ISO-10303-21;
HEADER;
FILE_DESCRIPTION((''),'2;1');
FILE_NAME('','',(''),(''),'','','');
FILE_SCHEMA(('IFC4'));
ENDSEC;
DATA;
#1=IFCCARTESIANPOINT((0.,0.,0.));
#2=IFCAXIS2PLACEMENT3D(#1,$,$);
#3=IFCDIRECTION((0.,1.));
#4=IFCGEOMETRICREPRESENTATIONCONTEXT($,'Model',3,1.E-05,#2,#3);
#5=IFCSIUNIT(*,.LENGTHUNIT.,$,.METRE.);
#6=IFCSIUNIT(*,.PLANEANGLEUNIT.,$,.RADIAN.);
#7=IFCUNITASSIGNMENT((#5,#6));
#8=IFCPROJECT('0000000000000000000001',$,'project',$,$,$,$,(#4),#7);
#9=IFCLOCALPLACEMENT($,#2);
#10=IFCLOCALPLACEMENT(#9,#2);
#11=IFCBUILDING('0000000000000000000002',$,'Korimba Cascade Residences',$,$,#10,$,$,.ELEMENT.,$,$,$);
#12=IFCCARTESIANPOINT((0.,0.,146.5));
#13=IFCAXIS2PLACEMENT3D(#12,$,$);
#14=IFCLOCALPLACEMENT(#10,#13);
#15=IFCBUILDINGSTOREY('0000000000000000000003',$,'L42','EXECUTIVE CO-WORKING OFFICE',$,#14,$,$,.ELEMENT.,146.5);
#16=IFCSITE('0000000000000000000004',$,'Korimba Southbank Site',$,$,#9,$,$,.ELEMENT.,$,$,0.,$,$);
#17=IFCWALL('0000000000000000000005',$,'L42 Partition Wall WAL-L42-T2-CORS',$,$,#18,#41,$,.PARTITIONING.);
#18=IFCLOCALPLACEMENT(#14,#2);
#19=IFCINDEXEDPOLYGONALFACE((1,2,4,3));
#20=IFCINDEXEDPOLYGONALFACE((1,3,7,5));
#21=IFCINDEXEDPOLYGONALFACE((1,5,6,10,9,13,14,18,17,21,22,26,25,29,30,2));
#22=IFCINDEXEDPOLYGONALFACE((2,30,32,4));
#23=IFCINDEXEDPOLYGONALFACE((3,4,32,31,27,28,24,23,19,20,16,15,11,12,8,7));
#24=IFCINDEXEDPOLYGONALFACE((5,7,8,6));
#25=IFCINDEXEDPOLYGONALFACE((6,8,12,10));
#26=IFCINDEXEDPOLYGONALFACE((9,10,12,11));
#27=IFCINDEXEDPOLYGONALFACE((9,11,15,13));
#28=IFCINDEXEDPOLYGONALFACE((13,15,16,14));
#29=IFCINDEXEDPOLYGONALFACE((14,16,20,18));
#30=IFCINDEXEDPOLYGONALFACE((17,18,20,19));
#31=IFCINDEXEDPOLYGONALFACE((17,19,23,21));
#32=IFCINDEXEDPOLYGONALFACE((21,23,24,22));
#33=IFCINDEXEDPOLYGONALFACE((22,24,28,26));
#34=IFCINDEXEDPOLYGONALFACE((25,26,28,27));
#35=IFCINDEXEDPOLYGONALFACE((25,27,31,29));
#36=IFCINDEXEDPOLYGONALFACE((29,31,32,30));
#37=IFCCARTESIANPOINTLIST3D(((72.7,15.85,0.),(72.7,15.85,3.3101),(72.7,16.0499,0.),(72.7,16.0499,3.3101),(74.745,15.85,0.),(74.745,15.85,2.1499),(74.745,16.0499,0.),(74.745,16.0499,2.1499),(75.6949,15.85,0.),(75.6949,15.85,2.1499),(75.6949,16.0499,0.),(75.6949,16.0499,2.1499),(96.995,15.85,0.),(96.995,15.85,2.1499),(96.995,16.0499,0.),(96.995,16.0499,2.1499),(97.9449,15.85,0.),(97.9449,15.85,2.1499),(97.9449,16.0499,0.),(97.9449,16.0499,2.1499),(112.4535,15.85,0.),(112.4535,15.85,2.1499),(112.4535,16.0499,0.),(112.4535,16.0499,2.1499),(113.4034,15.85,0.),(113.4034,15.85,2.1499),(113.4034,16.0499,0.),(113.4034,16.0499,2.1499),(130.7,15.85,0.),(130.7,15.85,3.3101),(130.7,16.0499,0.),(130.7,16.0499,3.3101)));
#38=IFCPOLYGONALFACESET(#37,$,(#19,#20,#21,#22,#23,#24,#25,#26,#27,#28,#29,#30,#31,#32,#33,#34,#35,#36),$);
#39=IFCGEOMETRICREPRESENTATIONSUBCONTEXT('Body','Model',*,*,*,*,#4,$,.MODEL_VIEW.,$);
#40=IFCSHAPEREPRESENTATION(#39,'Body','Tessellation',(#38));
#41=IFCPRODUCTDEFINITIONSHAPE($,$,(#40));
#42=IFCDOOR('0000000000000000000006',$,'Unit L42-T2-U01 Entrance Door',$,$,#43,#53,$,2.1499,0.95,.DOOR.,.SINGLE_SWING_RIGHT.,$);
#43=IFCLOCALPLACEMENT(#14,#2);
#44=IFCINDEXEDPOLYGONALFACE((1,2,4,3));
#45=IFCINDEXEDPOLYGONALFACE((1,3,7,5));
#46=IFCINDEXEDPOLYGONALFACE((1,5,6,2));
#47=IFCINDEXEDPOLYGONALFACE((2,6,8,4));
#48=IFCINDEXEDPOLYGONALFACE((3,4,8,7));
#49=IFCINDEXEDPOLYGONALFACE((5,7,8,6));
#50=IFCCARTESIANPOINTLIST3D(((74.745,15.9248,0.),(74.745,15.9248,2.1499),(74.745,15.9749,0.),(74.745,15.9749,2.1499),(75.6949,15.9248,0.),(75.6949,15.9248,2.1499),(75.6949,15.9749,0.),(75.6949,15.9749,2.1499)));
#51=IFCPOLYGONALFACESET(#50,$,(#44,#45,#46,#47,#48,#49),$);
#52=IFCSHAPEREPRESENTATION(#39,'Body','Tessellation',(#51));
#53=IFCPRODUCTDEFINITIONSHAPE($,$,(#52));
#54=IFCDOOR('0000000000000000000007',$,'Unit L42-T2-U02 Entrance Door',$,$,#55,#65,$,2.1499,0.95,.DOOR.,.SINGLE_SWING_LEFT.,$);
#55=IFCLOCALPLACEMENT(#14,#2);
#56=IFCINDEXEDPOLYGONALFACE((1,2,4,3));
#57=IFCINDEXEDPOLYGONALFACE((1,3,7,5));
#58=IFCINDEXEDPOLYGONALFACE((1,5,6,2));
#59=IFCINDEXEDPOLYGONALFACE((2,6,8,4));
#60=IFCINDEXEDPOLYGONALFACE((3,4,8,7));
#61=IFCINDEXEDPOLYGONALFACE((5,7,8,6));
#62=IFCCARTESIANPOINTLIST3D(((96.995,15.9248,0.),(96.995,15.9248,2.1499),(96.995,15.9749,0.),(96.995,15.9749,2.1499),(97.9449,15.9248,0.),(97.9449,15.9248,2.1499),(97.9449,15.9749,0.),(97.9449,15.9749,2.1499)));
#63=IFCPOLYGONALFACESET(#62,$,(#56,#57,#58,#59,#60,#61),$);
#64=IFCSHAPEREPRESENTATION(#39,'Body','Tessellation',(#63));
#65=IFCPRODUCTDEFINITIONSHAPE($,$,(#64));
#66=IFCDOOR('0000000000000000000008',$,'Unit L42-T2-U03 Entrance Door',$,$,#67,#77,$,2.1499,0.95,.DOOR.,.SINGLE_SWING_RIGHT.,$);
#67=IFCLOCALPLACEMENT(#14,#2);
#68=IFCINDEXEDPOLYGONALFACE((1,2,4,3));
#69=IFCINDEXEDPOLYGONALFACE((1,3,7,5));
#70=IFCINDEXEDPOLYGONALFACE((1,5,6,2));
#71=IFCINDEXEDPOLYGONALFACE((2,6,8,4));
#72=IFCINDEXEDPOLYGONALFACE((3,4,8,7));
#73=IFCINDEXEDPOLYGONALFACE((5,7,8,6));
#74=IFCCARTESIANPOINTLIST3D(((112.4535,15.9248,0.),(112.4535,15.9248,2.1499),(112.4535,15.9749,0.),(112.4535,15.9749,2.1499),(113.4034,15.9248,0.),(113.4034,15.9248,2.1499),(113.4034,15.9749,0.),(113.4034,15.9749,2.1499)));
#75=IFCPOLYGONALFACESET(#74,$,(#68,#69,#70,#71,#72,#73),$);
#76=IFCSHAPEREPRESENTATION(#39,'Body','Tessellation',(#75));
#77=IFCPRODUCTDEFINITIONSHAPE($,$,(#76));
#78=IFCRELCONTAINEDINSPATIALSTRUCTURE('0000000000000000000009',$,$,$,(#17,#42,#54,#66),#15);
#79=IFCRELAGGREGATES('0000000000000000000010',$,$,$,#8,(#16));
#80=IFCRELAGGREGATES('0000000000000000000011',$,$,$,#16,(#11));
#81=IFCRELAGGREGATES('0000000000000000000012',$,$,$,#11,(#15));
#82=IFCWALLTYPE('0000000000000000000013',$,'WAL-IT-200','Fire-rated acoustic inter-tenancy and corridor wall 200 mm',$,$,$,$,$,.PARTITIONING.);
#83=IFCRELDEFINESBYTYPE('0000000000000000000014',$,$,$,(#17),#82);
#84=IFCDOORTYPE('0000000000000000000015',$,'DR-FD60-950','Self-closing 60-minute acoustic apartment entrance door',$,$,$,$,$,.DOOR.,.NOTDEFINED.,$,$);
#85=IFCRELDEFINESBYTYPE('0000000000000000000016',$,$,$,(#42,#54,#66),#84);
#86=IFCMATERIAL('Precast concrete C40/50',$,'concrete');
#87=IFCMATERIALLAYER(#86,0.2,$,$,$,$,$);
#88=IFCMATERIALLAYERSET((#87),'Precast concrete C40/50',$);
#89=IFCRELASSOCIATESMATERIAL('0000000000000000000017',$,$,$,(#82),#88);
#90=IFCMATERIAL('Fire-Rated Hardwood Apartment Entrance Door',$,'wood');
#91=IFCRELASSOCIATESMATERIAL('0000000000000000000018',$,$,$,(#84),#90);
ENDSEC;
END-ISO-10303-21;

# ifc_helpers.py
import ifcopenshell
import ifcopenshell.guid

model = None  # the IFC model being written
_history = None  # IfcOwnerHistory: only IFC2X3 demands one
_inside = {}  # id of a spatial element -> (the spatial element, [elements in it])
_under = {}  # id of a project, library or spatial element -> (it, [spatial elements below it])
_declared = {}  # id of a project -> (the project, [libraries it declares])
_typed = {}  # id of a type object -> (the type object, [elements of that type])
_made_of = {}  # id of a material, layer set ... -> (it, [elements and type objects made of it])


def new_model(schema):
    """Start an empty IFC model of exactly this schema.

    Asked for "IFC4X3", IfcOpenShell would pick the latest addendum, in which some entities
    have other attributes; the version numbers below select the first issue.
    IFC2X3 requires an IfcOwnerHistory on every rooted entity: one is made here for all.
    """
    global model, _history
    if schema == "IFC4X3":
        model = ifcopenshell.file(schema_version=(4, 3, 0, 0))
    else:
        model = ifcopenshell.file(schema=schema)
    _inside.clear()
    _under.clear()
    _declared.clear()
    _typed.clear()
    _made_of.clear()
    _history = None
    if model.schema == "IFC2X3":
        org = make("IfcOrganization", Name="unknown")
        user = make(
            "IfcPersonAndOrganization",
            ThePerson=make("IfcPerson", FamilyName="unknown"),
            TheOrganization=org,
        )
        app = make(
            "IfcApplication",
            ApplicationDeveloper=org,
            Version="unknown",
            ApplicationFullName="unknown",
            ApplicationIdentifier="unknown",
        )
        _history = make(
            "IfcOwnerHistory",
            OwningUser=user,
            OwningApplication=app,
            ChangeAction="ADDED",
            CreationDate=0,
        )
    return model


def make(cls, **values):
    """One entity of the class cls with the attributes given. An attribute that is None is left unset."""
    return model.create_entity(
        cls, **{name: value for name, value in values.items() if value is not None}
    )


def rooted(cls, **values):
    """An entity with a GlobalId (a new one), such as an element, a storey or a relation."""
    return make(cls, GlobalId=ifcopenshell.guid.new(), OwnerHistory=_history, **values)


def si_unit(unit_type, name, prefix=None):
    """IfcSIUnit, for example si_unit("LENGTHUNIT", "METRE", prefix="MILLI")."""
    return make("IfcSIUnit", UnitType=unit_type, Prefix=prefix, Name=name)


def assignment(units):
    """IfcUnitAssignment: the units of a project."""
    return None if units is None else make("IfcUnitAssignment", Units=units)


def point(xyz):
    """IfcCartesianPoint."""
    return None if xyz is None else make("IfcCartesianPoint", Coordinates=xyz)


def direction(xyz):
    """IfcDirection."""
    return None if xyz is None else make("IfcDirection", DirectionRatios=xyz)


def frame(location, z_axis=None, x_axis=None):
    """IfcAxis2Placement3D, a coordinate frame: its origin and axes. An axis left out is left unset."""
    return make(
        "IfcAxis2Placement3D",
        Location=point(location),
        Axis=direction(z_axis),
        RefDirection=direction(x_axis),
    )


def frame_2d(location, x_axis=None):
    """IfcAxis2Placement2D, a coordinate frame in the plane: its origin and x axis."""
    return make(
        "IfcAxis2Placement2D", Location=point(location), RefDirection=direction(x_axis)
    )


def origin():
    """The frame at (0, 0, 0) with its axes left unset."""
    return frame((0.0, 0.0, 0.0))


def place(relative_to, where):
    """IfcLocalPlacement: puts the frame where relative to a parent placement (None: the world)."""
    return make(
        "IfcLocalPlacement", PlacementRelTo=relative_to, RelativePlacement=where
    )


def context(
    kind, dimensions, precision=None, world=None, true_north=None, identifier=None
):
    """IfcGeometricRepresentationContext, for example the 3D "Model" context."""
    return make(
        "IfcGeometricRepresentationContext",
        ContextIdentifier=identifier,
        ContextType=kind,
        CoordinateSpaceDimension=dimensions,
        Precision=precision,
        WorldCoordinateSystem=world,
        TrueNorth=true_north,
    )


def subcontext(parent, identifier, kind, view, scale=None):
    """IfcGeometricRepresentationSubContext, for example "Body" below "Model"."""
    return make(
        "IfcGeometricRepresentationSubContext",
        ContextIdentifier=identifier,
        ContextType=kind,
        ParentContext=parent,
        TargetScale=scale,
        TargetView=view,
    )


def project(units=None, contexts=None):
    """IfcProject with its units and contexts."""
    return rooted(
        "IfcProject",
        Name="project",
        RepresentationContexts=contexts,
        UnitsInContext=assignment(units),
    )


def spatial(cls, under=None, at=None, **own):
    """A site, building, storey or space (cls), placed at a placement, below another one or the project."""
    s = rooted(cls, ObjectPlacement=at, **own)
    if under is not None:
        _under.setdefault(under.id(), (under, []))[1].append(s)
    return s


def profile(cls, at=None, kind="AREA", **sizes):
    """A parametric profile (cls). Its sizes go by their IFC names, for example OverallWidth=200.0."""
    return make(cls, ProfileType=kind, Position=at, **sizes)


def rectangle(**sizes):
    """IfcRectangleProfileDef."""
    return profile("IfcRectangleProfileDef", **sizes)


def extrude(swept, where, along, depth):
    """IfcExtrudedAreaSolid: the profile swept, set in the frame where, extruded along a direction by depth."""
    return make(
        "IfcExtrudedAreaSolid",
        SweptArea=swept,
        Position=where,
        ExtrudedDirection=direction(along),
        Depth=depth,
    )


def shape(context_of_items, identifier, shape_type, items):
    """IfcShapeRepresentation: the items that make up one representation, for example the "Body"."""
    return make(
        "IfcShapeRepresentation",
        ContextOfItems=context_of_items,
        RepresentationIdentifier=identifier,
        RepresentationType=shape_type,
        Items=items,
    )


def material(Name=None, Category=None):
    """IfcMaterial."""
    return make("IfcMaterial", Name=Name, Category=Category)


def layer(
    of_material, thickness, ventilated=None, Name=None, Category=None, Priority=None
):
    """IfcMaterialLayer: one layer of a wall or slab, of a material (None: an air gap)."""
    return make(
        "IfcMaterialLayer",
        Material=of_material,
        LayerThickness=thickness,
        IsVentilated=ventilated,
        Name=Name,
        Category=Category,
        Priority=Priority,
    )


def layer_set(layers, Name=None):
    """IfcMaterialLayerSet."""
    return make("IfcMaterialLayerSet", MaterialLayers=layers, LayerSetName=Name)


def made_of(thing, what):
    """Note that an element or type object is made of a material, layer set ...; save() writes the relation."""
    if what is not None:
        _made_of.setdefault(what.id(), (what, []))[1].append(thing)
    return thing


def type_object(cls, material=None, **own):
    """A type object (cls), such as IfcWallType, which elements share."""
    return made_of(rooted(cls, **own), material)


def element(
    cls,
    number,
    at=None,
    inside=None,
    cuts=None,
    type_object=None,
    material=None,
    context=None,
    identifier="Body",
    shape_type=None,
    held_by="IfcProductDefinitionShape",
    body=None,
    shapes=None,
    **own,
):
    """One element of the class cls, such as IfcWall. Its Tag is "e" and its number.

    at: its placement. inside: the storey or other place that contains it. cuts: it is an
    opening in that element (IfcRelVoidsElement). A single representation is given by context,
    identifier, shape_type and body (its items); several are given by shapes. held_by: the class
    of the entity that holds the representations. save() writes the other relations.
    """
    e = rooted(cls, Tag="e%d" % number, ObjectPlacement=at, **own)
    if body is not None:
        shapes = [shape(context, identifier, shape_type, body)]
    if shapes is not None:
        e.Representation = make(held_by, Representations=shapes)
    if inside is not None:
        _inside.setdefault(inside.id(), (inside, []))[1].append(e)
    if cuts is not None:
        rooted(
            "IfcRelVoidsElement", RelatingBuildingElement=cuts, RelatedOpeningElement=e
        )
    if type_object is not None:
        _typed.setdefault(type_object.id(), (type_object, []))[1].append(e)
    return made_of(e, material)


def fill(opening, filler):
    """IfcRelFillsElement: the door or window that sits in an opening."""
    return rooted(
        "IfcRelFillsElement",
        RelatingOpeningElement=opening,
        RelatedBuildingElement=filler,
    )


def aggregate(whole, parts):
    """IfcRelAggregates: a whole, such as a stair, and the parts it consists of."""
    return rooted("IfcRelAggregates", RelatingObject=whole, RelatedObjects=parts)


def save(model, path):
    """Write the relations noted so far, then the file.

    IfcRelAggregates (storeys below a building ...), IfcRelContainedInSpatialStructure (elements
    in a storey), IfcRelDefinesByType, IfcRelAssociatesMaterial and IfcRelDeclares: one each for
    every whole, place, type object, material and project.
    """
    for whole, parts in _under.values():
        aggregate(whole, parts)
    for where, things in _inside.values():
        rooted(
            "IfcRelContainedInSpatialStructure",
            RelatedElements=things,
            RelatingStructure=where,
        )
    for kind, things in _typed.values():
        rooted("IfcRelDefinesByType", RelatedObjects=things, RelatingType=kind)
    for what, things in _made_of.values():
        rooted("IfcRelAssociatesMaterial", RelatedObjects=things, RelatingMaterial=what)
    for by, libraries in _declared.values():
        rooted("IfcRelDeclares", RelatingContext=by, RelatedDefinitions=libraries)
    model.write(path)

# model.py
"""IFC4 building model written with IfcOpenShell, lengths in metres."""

from ifc_helpers import new_model, si_unit, direction, frame, frame_2d, origin, place, context, subcontext, project, spatial, rectangle, extrude, material, layer, layer_set, type_object, element, fill, save


model = new_model("IFC4")

# Units and contexts
model_context = context("Model", 3, precision=1e-05, world=origin(), true_north=direction((0.0, 1.0)))
body_context = subcontext(model_context, "Body", "Model", "MODEL_VIEW")
ifc_project = project(units=[si_unit("LENGTHUNIT", "METRE"), si_unit("PLANEANGLEUNIT", "RADIAN")], contexts=[model_context])

# Site, building, storey
site_placement = place(None, origin())
site = spatial("IfcSite", under=ifc_project, at=site_placement, Name="Korimba Southbank Site", CompositionType="ELEMENT", RefElevation=0.0)
building_placement = place(site_placement, origin())
building = spatial("IfcBuilding", under=site, at=building_placement, Name="Korimba Cascade Residences", CompositionType="ELEMENT")
storey_placement = place(building_placement, frame((0.0, 0.0, 146.5)))
storey = spatial("IfcBuildingStorey", under=building, at=storey_placement, Name="L42", Description="EXECUTIVE CO-WORKING OFFICE", CompositionType="ELEMENT", Elevation=146.5)

# Shared definitions
ifc_material_1 = material(Name="Precast concrete C40/50", Category="concrete")

# Shared definitions
ifc_layer_1 = layer(ifc_material_1, 0.2)
ifc_layer_set_1 = layer_set([ifc_layer_1], Name="Precast concrete C40/50")
wall_type_1 = type_object("IfcWallType", Name="WAL-IT-200", Description="Fire-rated acoustic inter-tenancy and corridor wall 200 mm", PredefinedType="PARTITIONING", material=ifc_layer_set_1)

# Wall, openings, doors
wall_1_placement = place(storey_placement, frame((72.7, 15.95, 0.0), z_axis=(0.0, 0.0, 1.0), x_axis=(1.0, 0.0, 0.0)))
wall_1 = element("IfcWall", 1, at=wall_1_placement, inside=storey, type_object=wall_type_1, Name="L42 Partition Wall WAL-L42-T2-CORS", PredefinedType="PARTITIONING", context=body_context, shape_type="SweptSolid", body=[
    extrude(rectangle(XDim=58.0, YDim=0.2, at=frame_2d((29.0, 0.0))), origin(), (0.0, 0.0, 1.0), 3.3101),
])
opening_1_placement = place(wall_1_placement, frame((2.0449, 0.0, 0.0)))
opening_1 = element("IfcOpeningElement", 2, at=opening_1_placement, cuts=wall_1, PredefinedType="OPENING", context=body_context, shape_type="SweptSolid", body=[
    extrude(rectangle(XDim=0.95, YDim=2.1499, at=frame_2d((0.4751, 1.075))), frame((0.0, 0.1099, 0.0), z_axis=(0.0, -1.0, 0.0), x_axis=(1.0, 0.0, 0.0)), (0.0, 0.0, 1.0), 0.22),
])
opening_2_placement = place(wall_1_placement, frame((24.2949, 0.0, 0.0)))
opening_2 = element("IfcOpeningElement", 3, at=opening_2_placement, cuts=wall_1, PredefinedType="OPENING", context=body_context, shape_type="SweptSolid", body=[
    extrude(rectangle(XDim=0.95, YDim=2.1499, at=frame_2d((0.4751, 1.075))), frame((0.0, 0.1099, 0.0), z_axis=(0.0, -1.0, 0.0), x_axis=(1.0, 0.0, 0.0)), (0.0, 0.0, 1.0), 0.22),
])
opening_3_placement = place(wall_1_placement, frame((39.7534, 0.0, 0.0)))
opening_3 = element("IfcOpeningElement", 4, at=opening_3_placement, cuts=wall_1, PredefinedType="OPENING", context=body_context, shape_type="SweptSolid", body=[
    extrude(rectangle(XDim=0.95, YDim=2.1499, at=frame_2d((0.4751, 1.075))), frame((0.0, 0.1099, 0.0), z_axis=(0.0, -1.0, 0.0), x_axis=(1.0, 0.0, 0.0)), (0.0, 0.0, 1.0), 0.22),
])
ifc_material_2 = material(Name="Fire-Rated Hardwood Apartment Entrance Door", Category="wood")
door_type_1 = type_object("IfcDoorType", Name="DR-FD60-950", Description="Self-closing 60-minute acoustic apartment entrance door", OperationType="NOTDEFINED", PredefinedType="DOOR", material=ifc_material_2)
door_1_placement = place(opening_1_placement, origin())
door_1 = element("IfcDoor", 5, at=door_1_placement, inside=storey, type_object=door_type_1, Name="Unit L42-T2-U01 Entrance Door", OperationType="SINGLE_SWING_RIGHT", OverallHeight=2.1499, OverallWidth=0.95, PredefinedType="DOOR", context=body_context, shape_type="SweptSolid", body=[
    extrude(rectangle(XDim=0.95, YDim=2.1499, at=frame_2d((0.4751, 1.075))), frame((0.0, 0.0249, 0.0), z_axis=(0.0, -1.0, 0.0), x_axis=(1.0, 0.0, 0.0)), (0.0, 0.0, 1.0), 0.05),
])
fill(opening_1, door_1)
door_2_placement = place(opening_2_placement, origin())
door_2 = element("IfcDoor", 6, at=door_2_placement, inside=storey, type_object=door_type_1, Name="Unit L42-T2-U02 Entrance Door", OperationType="SINGLE_SWING_LEFT", OverallHeight=2.1499, OverallWidth=0.95, PredefinedType="DOOR", context=body_context, shape_type="SweptSolid", body=[
    extrude(rectangle(XDim=0.95, YDim=2.1499, at=frame_2d((0.4751, 1.075))), frame((0.0, 0.0249, 0.0), z_axis=(0.0, -1.0, 0.0), x_axis=(1.0, 0.0, 0.0)), (0.0, 0.0, 1.0), 0.05),
])
fill(opening_2, door_2)
door_3_placement = place(opening_3_placement, origin())
door_3 = element("IfcDoor", 7, at=door_3_placement, inside=storey, type_object=door_type_1, Name="Unit L42-T2-U03 Entrance Door", OperationType="SINGLE_SWING_RIGHT", OverallHeight=2.1499, OverallWidth=0.95, PredefinedType="DOOR", context=body_context, shape_type="SweptSolid", body=[
    extrude(rectangle(XDim=0.95, YDim=2.1499, at=frame_2d((0.4751, 1.075))), frame((0.0, 0.0249, 0.0), z_axis=(0.0, -1.0, 0.0), x_axis=(1.0, 0.0, 0.0)), (0.0, 0.0, 1.0), 0.05),
])
fill(opening_3, door_3)

save(model, "model.ifc")
